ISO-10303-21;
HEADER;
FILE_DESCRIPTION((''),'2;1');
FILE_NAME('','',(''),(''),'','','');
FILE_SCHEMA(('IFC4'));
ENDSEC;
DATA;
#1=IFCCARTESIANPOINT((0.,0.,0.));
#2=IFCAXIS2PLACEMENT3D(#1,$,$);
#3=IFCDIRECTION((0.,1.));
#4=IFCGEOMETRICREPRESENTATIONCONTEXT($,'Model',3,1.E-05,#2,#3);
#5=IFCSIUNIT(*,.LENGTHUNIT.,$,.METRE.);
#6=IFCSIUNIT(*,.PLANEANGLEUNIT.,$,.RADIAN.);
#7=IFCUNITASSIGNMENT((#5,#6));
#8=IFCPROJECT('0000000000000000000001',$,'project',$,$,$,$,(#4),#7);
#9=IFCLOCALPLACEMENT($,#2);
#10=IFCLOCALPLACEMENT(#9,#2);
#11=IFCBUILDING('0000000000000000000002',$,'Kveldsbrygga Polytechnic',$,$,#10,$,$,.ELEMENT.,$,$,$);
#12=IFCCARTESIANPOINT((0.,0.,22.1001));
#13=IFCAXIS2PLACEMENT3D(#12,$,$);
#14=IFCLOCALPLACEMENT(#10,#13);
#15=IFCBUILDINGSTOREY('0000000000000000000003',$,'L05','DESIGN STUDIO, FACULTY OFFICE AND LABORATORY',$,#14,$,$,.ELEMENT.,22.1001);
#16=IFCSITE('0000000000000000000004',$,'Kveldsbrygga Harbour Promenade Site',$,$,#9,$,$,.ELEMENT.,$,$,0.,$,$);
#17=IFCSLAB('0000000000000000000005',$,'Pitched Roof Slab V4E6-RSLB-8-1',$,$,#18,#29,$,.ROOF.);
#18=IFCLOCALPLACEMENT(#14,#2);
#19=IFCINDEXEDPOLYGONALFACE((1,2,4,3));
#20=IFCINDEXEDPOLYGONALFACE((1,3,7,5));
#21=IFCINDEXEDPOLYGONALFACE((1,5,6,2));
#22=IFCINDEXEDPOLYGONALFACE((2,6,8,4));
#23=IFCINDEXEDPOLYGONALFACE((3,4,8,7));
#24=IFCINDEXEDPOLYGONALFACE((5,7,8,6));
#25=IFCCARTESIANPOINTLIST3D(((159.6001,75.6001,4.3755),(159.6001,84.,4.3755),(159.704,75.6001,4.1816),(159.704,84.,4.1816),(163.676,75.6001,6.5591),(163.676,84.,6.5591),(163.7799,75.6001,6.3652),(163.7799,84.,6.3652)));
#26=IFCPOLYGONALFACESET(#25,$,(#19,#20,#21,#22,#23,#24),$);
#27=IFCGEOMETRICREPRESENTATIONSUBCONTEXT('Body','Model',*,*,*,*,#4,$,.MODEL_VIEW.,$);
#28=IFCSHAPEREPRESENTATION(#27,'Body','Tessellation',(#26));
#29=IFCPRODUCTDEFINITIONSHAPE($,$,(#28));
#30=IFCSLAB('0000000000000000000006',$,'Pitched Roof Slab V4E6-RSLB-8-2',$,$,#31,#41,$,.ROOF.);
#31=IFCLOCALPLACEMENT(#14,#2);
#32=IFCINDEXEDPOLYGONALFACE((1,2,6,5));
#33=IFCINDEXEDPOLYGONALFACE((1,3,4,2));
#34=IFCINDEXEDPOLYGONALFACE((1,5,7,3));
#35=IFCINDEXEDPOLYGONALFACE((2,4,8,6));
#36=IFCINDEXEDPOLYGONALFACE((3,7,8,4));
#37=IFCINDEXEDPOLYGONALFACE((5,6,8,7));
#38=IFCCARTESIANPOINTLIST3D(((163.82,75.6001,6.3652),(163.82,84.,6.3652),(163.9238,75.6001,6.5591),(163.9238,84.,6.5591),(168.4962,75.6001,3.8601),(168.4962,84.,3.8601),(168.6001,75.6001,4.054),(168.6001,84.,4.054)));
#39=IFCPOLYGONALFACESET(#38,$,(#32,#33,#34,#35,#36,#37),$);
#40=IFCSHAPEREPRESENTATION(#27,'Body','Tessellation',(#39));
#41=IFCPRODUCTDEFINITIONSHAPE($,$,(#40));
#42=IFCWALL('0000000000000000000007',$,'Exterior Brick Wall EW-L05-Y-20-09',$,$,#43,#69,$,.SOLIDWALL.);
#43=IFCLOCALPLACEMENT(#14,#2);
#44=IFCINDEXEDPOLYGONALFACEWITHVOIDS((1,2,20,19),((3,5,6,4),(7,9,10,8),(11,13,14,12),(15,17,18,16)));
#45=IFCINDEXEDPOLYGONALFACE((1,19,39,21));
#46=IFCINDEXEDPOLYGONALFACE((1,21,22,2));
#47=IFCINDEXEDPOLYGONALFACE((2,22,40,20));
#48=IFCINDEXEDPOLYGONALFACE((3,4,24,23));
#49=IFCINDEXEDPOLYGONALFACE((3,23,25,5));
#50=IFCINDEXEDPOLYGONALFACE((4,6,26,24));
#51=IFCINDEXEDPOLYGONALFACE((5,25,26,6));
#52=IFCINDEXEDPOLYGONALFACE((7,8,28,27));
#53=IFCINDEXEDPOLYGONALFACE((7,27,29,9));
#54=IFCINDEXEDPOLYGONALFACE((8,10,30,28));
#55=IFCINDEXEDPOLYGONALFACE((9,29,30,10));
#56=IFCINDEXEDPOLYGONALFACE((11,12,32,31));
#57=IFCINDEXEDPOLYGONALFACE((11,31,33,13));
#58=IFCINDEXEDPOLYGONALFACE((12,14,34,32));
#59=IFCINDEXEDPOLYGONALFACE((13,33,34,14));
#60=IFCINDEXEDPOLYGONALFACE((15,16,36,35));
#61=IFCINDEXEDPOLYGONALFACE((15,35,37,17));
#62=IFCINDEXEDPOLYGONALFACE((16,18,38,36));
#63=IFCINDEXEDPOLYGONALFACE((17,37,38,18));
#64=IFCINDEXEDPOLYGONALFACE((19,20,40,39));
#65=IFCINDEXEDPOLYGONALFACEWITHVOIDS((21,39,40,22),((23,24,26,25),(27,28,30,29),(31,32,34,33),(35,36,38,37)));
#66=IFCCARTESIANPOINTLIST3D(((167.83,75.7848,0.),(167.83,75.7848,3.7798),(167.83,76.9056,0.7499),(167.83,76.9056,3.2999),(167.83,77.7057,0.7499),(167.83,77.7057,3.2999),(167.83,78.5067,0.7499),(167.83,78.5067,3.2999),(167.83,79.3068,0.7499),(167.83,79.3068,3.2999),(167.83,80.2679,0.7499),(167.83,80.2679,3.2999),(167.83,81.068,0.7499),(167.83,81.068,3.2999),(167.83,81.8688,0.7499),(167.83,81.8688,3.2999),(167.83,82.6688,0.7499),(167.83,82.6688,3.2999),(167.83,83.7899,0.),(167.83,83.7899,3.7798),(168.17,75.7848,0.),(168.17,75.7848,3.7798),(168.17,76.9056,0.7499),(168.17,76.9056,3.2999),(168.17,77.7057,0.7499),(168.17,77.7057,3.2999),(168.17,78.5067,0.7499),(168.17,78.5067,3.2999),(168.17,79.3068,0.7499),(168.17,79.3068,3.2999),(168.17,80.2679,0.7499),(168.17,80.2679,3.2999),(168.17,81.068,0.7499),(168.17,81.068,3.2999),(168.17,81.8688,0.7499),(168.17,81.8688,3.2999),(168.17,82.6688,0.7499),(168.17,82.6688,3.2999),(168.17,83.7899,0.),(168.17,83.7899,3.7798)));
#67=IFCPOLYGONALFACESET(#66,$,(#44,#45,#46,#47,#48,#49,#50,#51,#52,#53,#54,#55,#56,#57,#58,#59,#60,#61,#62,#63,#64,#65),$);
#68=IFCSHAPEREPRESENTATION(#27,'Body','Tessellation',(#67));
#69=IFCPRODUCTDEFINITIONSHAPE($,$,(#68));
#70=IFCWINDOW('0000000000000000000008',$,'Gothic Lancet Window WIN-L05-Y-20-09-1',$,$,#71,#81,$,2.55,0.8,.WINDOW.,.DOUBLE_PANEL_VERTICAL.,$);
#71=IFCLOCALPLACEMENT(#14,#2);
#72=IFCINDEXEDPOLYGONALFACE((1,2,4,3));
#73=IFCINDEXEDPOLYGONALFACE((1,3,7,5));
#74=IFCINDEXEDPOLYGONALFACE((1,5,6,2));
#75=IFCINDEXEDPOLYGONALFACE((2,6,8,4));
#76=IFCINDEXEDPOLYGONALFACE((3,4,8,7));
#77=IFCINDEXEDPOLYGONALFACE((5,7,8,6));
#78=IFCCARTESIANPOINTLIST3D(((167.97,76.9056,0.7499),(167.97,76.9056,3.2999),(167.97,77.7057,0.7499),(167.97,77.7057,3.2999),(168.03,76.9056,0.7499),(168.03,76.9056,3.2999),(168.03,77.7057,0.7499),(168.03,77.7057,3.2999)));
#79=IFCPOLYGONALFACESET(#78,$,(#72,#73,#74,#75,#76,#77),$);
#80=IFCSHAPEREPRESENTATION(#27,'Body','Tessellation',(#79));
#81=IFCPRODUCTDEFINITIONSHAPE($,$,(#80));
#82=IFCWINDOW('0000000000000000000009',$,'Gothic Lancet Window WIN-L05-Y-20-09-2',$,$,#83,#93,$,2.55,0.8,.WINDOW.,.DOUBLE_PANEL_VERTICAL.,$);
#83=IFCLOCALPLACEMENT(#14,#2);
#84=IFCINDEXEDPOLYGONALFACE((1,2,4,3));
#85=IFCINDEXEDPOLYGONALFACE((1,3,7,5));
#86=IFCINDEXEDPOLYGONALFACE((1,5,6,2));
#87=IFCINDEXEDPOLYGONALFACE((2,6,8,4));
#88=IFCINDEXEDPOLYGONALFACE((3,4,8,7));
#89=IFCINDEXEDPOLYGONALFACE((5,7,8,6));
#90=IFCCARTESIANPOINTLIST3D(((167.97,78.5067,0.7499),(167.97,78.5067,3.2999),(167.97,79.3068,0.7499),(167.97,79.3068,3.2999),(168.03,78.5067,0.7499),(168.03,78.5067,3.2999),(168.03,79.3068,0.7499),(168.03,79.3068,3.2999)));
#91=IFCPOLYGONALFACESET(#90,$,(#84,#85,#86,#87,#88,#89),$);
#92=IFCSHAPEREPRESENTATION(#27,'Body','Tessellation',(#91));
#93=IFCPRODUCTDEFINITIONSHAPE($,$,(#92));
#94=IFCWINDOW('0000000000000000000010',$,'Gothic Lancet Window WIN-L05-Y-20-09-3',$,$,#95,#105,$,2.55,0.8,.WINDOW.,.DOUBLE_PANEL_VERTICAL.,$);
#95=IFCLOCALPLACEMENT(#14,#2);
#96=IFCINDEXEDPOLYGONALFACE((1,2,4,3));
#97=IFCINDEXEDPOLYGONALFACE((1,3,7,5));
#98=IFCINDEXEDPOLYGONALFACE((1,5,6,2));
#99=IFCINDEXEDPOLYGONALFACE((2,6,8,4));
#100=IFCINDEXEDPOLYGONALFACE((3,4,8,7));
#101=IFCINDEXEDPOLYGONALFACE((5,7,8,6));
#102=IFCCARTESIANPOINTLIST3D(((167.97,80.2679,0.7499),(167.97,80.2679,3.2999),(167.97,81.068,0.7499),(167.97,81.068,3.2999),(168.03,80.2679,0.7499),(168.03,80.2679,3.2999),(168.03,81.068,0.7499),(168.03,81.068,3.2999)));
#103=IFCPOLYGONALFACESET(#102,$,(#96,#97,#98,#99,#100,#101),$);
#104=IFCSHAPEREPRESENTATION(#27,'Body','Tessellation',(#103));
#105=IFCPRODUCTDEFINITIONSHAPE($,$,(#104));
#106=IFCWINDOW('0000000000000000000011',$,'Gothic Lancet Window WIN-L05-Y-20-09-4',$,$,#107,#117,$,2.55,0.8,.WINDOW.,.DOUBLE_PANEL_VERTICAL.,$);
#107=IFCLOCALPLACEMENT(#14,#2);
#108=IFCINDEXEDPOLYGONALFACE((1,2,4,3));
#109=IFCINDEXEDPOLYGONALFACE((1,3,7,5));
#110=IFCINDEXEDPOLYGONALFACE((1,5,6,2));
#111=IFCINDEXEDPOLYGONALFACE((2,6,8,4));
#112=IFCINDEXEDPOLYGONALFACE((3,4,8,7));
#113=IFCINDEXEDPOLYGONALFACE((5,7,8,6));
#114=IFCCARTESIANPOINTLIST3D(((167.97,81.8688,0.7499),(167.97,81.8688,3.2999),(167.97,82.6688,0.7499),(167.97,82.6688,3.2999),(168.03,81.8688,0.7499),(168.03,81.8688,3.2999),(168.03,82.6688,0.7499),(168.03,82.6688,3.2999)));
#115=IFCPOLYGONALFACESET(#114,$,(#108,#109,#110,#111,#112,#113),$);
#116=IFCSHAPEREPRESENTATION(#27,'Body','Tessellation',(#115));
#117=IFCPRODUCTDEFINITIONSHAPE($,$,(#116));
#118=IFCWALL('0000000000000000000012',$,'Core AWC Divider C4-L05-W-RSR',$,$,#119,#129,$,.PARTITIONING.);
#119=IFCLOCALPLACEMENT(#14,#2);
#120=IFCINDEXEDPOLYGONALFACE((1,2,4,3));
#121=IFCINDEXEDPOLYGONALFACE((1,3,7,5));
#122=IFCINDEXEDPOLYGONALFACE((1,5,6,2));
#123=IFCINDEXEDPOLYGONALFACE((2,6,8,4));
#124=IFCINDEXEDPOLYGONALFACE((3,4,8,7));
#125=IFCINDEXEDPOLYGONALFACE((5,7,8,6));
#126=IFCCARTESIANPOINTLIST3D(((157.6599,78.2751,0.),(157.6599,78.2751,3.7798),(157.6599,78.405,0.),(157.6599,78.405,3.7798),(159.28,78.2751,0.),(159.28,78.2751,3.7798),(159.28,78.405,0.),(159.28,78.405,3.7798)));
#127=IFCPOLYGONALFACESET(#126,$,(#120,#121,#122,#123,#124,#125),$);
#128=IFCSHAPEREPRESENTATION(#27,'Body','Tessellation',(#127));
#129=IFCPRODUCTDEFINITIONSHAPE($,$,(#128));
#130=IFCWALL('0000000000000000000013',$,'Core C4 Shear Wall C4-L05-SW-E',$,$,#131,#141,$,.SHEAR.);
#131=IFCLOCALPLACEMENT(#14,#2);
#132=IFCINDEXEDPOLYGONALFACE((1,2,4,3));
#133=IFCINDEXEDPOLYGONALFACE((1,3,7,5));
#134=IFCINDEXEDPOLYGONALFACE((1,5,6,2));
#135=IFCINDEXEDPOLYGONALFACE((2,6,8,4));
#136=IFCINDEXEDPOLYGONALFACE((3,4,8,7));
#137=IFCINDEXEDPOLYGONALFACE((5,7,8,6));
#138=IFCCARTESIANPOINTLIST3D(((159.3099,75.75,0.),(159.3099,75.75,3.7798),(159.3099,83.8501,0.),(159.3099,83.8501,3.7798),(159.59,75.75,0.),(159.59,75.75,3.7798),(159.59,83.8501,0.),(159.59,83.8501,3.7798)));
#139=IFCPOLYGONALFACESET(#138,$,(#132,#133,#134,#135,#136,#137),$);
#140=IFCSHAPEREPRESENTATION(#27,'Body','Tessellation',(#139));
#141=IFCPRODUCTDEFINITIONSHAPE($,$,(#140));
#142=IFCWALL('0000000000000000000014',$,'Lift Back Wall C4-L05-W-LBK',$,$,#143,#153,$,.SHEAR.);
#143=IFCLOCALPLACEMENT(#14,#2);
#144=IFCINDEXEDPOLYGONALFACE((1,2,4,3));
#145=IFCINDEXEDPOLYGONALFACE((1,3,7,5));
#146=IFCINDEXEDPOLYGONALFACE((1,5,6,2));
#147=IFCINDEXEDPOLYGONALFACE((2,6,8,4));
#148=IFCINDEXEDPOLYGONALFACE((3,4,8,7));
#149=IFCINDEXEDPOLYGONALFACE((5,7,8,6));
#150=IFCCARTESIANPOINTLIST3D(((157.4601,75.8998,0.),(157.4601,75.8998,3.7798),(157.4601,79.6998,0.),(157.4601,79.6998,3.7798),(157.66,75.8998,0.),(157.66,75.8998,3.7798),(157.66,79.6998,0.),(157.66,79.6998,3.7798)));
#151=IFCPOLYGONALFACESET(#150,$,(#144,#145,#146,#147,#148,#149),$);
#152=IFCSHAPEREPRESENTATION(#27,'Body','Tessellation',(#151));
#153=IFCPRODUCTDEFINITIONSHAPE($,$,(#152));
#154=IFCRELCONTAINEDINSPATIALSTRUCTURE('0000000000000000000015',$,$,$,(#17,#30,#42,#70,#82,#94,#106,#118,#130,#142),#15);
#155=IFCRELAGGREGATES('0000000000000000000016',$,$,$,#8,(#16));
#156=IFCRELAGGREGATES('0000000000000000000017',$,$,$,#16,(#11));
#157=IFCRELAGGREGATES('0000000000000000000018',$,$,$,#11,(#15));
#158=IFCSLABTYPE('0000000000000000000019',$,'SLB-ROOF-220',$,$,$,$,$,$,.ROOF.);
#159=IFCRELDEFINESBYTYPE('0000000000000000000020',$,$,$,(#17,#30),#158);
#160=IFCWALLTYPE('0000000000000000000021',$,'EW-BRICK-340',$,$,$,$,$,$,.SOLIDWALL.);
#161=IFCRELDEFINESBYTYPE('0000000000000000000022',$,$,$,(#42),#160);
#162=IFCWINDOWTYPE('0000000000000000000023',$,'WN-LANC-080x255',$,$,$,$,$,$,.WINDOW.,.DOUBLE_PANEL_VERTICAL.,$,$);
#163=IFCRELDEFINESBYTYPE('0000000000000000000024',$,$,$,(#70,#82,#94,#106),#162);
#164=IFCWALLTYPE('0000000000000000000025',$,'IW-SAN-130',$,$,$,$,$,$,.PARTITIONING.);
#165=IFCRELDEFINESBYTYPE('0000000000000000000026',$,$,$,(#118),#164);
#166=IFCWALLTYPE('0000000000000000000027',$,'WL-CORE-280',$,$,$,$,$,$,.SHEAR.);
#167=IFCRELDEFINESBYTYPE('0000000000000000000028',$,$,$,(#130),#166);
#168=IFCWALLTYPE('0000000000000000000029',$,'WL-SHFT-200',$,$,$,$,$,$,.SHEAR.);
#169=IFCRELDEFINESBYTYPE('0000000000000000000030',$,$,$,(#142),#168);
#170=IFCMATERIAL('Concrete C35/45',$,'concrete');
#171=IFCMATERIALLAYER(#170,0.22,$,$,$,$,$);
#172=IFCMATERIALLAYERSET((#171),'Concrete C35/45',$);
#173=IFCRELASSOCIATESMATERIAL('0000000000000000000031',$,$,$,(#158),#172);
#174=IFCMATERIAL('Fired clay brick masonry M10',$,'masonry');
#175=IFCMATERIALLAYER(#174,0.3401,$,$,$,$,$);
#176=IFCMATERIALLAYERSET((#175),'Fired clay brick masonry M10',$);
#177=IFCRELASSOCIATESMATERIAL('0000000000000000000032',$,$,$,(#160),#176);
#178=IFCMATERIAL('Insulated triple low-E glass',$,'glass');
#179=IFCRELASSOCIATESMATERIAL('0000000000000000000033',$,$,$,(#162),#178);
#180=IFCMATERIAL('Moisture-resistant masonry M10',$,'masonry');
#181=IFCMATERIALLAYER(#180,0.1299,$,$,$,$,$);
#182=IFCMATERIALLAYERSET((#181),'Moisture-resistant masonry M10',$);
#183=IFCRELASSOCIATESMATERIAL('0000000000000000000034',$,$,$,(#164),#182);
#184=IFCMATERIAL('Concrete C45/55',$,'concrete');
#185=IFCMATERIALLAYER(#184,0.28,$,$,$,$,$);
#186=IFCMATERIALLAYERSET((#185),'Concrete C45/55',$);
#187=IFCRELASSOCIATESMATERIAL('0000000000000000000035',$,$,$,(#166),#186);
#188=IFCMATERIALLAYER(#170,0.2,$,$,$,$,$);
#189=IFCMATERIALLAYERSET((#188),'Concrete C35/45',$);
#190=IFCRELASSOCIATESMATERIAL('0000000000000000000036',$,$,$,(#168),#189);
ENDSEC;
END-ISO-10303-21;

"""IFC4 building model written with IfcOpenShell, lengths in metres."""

from ifc_helpers import new_model, si_unit, direction, frame, frame_2d, origin, place, context, subcontext, project, spatial, polyline, rectangle, outline, extrude, material, layer, layer_set, type_object, element, fill, save


model = new_model("IFC4")

# Units and contexts
model_context = context("Model", 3, precision=1e-05, world=origin(), true_north=direction((0.0, 1.0)))
body_context = subcontext(model_context, "Body", "Model", "MODEL_VIEW")
ifc_project = project(units=[si_unit("LENGTHUNIT", "METRE"), si_unit("PLANEANGLEUNIT", "RADIAN")], contexts=[model_context])

# Site, building, storey
site_placement = place(None, origin())
site = spatial("IfcSite", under=ifc_project, at=site_placement, Name="Kveldsbrygga Harbour Promenade Site", CompositionType="ELEMENT", RefElevation=0.0)
building_placement = place(site_placement, origin())
building = spatial("IfcBuilding", under=site, at=building_placement, Name="Kveldsbrygga Polytechnic", CompositionType="ELEMENT")
storey_placement = place(building_placement, frame((0.0, 0.0, 22.1001)))
storey = spatial("IfcBuildingStorey", under=building, at=storey_placement, Name="L05", Description="DESIGN STUDIO, FACULTY OFFICE AND LABORATORY", CompositionType="ELEMENT", Elevation=22.1001)

# Shared definitions
ifc_material_1 = material(Name="Concrete C45/55", Category="concrete")

# Slabs
ifc_material_2 = material(Name="Concrete C35/45", Category="concrete")
ifc_layer_1 = layer(ifc_material_2, 0.22)
ifc_layer_set_1 = layer_set([ifc_layer_1], Name="Concrete C35/45")
slab_type = type_object("IfcSlabType", Name="SLB-ROOF-220", PredefinedType="ROOF", material=ifc_layer_set_1)
slab_1_placement = place(storey_placement, frame((159.6001, 75.6001, 4.3755), z_axis=(-0.472232, 0.0, 0.881474), x_axis=(0.881474, 0.0, 0.472232)))
element("IfcSlab", 1, at=slab_1_placement, inside=storey, type_object=slab_type, Name="Pitched Roof Slab V4E6-RSLB-8-1", PredefinedType="ROOF", context=body_context, shape_type="SweptSolid", body=[
    extrude(outline(polyline([(0.0, 0.0), (4.624, 0.0), (4.624, 8.3999), (0.0, 8.3999), (0.0, 0.0)])), origin(), (0.0, 0.0, -1.0), 0.22),
])
slab_2_placement = place(storey_placement, frame((163.9238, 75.6001, 6.5591), z_axis=(0.472219, 0.0, 0.881481), x_axis=(0.881481, 0.0, -0.472219)))
element("IfcSlab", 2, at=slab_2_placement, inside=storey, type_object=slab_type, Name="Pitched Roof Slab V4E6-RSLB-8-2", PredefinedType="ROOF", context=body_context, shape_type="SweptSolid", body=[
    extrude(outline(polyline([(0.0, 0.0), (5.305, 0.0), (5.305, 8.3999), (0.0, 8.3999), (0.0, 0.0)])), origin(), (0.0, 0.0, -1.0), 0.22),
])

# Wall, openings, windows
ifc_material_3 = material(Name="Fired clay brick masonry M10", Category="masonry")
ifc_layer_2 = layer(ifc_material_3, 0.3401)
ifc_layer_set_2 = layer_set([ifc_layer_2], Name="Fired clay brick masonry M10")
wall_type_1 = type_object("IfcWallType", Name="EW-BRICK-340", PredefinedType="SOLIDWALL", material=ifc_layer_set_2)
wall_1_placement = place(storey_placement, frame((168.0, 75.7849, 0.0), z_axis=(0.0, 0.0, 1.0), x_axis=(0.0, 1.0, 0.0)))
wall_1 = element("IfcWall", 3, at=wall_1_placement, inside=storey, type_object=wall_type_1, Name="Exterior Brick Wall EW-L05-Y-20-09", PredefinedType="SOLIDWALL", context=body_context, shape_type="SweptSolid", body=[
    extrude(rectangle(XDim=8.0051, YDim=0.3401, at=frame_2d((4.0024, 0.0))), origin(), (0.0, 0.0, 1.0), 3.7798),
])
opening_1_placement = place(wall_1_placement, frame((1.1208, 0.0, 0.75)))
opening_1 = element("IfcOpeningElement", 4, at=opening_1_placement, cuts=wall_1, PredefinedType="OPENING", context=body_context, shape_type="SweptSolid", body=[
    extrude(rectangle(XDim=0.8, YDim=2.55, at=frame_2d((0.3999, 1.2749))), frame((0.0, 0.1802, 0.0), z_axis=(0.0, -1.0, 0.0), x_axis=(1.0, 0.0, 0.0)), (0.0, 0.0, 1.0), 0.3601),
])
opening_2_placement = place(wall_1_placement, frame((2.7219, 0.0, 0.75)))
opening_2 = element("IfcOpeningElement", 5, at=opening_2_placement, cuts=wall_1, PredefinedType="OPENING", context=body_context, shape_type="SweptSolid", body=[
    extrude(rectangle(XDim=0.8, YDim=2.55, at=frame_2d((0.3999, 1.2749))), frame((0.0, 0.1802, 0.0), z_axis=(0.0, -1.0, 0.0), x_axis=(1.0, 0.0, 0.0)), (0.0, 0.0, 1.0), 0.3601),
])
opening_3_placement = place(wall_1_placement, frame((4.4832, 0.0, 0.75)))
opening_3 = element("IfcOpeningElement", 6, at=opening_3_placement, cuts=wall_1, PredefinedType="OPENING", context=body_context, shape_type="SweptSolid", body=[
    extrude(rectangle(XDim=0.8, YDim=2.55, at=frame_2d((0.3999, 1.2749))), frame((0.0, 0.1802, 0.0), z_axis=(0.0, -1.0, 0.0), x_axis=(1.0, 0.0, 0.0)), (0.0, 0.0, 1.0), 0.3601),
])
opening_4_placement = place(wall_1_placement, frame((6.084, 0.0, 0.75)))
opening_4 = element("IfcOpeningElement", 7, at=opening_4_placement, cuts=wall_1, PredefinedType="OPENING", context=body_context, shape_type="SweptSolid", body=[
    extrude(rectangle(XDim=0.8, YDim=2.55, at=frame_2d((0.3999, 1.2749))), frame((0.0, 0.1802, 0.0), z_axis=(0.0, -1.0, 0.0), x_axis=(1.0, 0.0, 0.0)), (0.0, 0.0, 1.0), 0.3601),
])
ifc_material_4 = material(Name="Insulated triple low-E glass", Category="glass")
window_type = type_object("IfcWindowType", Name="WN-LANC-080x255", PartitioningType="DOUBLE_PANEL_VERTICAL", PredefinedType="WINDOW", material=ifc_material_4)
window_1_placement = place(opening_1_placement, origin())
window_1 = element("IfcWindow", 8, at=window_1_placement, inside=storey, type_object=window_type, Name="Gothic Lancet Window WIN-L05-Y-20-09-1", OverallHeight=2.55, OverallWidth=0.8, PartitioningType="DOUBLE_PANEL_VERTICAL", PredefinedType="WINDOW", context=body_context, shape_type="SweptSolid", body=[
    extrude(rectangle(XDim=0.8, YDim=2.55, at=frame_2d((0.3999, 1.2749))), frame((0.0, 0.03, 0.0), z_axis=(0.0, -1.0, 0.0), x_axis=(1.0, 0.0, 0.0)), (0.0, 0.0, 1.0), 0.0601),
])
fill(opening_1, window_1)
window_2_placement = place(opening_2_placement, origin())
window_2 = element("IfcWindow", 9, at=window_2_placement, inside=storey, type_object=window_type, Name="Gothic Lancet Window WIN-L05-Y-20-09-2", OverallHeight=2.55, OverallWidth=0.8, PartitioningType="DOUBLE_PANEL_VERTICAL", PredefinedType="WINDOW", context=body_context, shape_type="SweptSolid", body=[
    extrude(rectangle(XDim=0.8, YDim=2.55, at=frame_2d((0.3999, 1.2749))), frame((0.0, 0.03, 0.0), z_axis=(0.0, -1.0, 0.0), x_axis=(1.0, 0.0, 0.0)), (0.0, 0.0, 1.0), 0.0601),
])
fill(opening_2, window_2)
window_3_placement = place(opening_3_placement, origin())
window_3 = element("IfcWindow", 10, at=window_3_placement, inside=storey, type_object=window_type, Name="Gothic Lancet Window WIN-L05-Y-20-09-3", OverallHeight=2.55, OverallWidth=0.8, PartitioningType="DOUBLE_PANEL_VERTICAL", PredefinedType="WINDOW", context=body_context, shape_type="SweptSolid", body=[
    extrude(rectangle(XDim=0.8, YDim=2.55, at=frame_2d((0.3999, 1.2749))), frame((0.0, 0.03, 0.0), z_axis=(0.0, -1.0, 0.0), x_axis=(1.0, 0.0, 0.0)), (0.0, 0.0, 1.0), 0.0601),
])
fill(opening_3, window_3)
window_4_placement = place(opening_4_placement, origin())
window_4 = element("IfcWindow", 11, at=window_4_placement, inside=storey, type_object=window_type, Name="Gothic Lancet Window WIN-L05-Y-20-09-4", OverallHeight=2.55, OverallWidth=0.8, PartitioningType="DOUBLE_PANEL_VERTICAL", PredefinedType="WINDOW", context=body_context, shape_type="SweptSolid", body=[
    extrude(rectangle(XDim=0.8, YDim=2.55, at=frame_2d((0.3999, 1.2749))), frame((0.0, 0.03, 0.0), z_axis=(0.0, -1.0, 0.0), x_axis=(1.0, 0.0, 0.0)), (0.0, 0.0, 1.0), 0.0601),
])
fill(opening_4, window_4)

# Walls
ifc_material_5 = material(Name="Moisture-resistant masonry M10", Category="masonry")
ifc_layer_3 = layer(ifc_material_5, 0.1299)
ifc_layer_set_3 = layer_set([ifc_layer_3], Name="Moisture-resistant masonry M10")
wall_type_2 = type_object("IfcWallType", Name="IW-SAN-130", PredefinedType="PARTITIONING", material=ifc_layer_set_3)
wall_2_placement = place(storey_placement, frame((157.6599, 78.3401, 0.0), z_axis=(0.0, 0.0, 1.0), x_axis=(1.0, 0.0, 0.0)))
element("IfcWall", 12, at=wall_2_placement, inside=storey, type_object=wall_type_2, Name="Core AWC Divider C4-L05-W-RSR", PredefinedType="PARTITIONING", context=body_context, shape_type="SweptSolid", body=[
    extrude(rectangle(XDim=1.6201, YDim=0.1299, at=frame_2d((0.8101, 0.0))), origin(), (0.0, 0.0, 1.0), 3.7798),
])
ifc_layer_4 = layer(ifc_material_1, 0.28)
ifc_layer_set_4 = layer_set([ifc_layer_4], Name="Concrete C45/55")
wall_type_3 = type_object("IfcWallType", Name="WL-CORE-280", PredefinedType="SHEAR", material=ifc_layer_set_4)
wall_3_placement = place(storey_placement, frame((159.45, 75.75, 0.0), z_axis=(0.0, 0.0, 1.0), x_axis=(0.0, 1.0, 0.0)))
element("IfcWall", 13, at=wall_3_placement, inside=storey, type_object=wall_type_3, Name="Core C4 Shear Wall C4-L05-SW-E", PredefinedType="SHEAR", context=body_context, shape_type="SweptSolid", body=[
    extrude(rectangle(XDim=8.1001, YDim=0.28, at=frame_2d((4.05, 0.0))), origin(), (0.0, 0.0, 1.0), 3.7798),
])
ifc_layer_5 = layer(ifc_material_2, 0.2)
ifc_layer_set_5 = layer_set([ifc_layer_5], Name="Concrete C35/45")
wall_type_4 = type_object("IfcWallType", Name="WL-SHFT-200", PredefinedType="SHEAR", material=ifc_layer_set_5)
wall_4_placement = place(storey_placement, frame((157.5601, 75.8999, 0.0), z_axis=(0.0, 0.0, 1.0), x_axis=(0.0, 1.0, 0.0)))
element("IfcWall", 14, at=wall_4_placement, inside=storey, type_object=wall_type_4, Name="Lift Back Wall C4-L05-W-LBK", PredefinedType="SHEAR", context=body_context, shape_type="SweptSolid", body=[
    extrude(rectangle(XDim=3.8, YDim=0.2, at=frame_2d((1.8999, 0.0))), origin(), (0.0, 0.0, 1.0), 3.7798),
])

save(model, "model.ifc")
